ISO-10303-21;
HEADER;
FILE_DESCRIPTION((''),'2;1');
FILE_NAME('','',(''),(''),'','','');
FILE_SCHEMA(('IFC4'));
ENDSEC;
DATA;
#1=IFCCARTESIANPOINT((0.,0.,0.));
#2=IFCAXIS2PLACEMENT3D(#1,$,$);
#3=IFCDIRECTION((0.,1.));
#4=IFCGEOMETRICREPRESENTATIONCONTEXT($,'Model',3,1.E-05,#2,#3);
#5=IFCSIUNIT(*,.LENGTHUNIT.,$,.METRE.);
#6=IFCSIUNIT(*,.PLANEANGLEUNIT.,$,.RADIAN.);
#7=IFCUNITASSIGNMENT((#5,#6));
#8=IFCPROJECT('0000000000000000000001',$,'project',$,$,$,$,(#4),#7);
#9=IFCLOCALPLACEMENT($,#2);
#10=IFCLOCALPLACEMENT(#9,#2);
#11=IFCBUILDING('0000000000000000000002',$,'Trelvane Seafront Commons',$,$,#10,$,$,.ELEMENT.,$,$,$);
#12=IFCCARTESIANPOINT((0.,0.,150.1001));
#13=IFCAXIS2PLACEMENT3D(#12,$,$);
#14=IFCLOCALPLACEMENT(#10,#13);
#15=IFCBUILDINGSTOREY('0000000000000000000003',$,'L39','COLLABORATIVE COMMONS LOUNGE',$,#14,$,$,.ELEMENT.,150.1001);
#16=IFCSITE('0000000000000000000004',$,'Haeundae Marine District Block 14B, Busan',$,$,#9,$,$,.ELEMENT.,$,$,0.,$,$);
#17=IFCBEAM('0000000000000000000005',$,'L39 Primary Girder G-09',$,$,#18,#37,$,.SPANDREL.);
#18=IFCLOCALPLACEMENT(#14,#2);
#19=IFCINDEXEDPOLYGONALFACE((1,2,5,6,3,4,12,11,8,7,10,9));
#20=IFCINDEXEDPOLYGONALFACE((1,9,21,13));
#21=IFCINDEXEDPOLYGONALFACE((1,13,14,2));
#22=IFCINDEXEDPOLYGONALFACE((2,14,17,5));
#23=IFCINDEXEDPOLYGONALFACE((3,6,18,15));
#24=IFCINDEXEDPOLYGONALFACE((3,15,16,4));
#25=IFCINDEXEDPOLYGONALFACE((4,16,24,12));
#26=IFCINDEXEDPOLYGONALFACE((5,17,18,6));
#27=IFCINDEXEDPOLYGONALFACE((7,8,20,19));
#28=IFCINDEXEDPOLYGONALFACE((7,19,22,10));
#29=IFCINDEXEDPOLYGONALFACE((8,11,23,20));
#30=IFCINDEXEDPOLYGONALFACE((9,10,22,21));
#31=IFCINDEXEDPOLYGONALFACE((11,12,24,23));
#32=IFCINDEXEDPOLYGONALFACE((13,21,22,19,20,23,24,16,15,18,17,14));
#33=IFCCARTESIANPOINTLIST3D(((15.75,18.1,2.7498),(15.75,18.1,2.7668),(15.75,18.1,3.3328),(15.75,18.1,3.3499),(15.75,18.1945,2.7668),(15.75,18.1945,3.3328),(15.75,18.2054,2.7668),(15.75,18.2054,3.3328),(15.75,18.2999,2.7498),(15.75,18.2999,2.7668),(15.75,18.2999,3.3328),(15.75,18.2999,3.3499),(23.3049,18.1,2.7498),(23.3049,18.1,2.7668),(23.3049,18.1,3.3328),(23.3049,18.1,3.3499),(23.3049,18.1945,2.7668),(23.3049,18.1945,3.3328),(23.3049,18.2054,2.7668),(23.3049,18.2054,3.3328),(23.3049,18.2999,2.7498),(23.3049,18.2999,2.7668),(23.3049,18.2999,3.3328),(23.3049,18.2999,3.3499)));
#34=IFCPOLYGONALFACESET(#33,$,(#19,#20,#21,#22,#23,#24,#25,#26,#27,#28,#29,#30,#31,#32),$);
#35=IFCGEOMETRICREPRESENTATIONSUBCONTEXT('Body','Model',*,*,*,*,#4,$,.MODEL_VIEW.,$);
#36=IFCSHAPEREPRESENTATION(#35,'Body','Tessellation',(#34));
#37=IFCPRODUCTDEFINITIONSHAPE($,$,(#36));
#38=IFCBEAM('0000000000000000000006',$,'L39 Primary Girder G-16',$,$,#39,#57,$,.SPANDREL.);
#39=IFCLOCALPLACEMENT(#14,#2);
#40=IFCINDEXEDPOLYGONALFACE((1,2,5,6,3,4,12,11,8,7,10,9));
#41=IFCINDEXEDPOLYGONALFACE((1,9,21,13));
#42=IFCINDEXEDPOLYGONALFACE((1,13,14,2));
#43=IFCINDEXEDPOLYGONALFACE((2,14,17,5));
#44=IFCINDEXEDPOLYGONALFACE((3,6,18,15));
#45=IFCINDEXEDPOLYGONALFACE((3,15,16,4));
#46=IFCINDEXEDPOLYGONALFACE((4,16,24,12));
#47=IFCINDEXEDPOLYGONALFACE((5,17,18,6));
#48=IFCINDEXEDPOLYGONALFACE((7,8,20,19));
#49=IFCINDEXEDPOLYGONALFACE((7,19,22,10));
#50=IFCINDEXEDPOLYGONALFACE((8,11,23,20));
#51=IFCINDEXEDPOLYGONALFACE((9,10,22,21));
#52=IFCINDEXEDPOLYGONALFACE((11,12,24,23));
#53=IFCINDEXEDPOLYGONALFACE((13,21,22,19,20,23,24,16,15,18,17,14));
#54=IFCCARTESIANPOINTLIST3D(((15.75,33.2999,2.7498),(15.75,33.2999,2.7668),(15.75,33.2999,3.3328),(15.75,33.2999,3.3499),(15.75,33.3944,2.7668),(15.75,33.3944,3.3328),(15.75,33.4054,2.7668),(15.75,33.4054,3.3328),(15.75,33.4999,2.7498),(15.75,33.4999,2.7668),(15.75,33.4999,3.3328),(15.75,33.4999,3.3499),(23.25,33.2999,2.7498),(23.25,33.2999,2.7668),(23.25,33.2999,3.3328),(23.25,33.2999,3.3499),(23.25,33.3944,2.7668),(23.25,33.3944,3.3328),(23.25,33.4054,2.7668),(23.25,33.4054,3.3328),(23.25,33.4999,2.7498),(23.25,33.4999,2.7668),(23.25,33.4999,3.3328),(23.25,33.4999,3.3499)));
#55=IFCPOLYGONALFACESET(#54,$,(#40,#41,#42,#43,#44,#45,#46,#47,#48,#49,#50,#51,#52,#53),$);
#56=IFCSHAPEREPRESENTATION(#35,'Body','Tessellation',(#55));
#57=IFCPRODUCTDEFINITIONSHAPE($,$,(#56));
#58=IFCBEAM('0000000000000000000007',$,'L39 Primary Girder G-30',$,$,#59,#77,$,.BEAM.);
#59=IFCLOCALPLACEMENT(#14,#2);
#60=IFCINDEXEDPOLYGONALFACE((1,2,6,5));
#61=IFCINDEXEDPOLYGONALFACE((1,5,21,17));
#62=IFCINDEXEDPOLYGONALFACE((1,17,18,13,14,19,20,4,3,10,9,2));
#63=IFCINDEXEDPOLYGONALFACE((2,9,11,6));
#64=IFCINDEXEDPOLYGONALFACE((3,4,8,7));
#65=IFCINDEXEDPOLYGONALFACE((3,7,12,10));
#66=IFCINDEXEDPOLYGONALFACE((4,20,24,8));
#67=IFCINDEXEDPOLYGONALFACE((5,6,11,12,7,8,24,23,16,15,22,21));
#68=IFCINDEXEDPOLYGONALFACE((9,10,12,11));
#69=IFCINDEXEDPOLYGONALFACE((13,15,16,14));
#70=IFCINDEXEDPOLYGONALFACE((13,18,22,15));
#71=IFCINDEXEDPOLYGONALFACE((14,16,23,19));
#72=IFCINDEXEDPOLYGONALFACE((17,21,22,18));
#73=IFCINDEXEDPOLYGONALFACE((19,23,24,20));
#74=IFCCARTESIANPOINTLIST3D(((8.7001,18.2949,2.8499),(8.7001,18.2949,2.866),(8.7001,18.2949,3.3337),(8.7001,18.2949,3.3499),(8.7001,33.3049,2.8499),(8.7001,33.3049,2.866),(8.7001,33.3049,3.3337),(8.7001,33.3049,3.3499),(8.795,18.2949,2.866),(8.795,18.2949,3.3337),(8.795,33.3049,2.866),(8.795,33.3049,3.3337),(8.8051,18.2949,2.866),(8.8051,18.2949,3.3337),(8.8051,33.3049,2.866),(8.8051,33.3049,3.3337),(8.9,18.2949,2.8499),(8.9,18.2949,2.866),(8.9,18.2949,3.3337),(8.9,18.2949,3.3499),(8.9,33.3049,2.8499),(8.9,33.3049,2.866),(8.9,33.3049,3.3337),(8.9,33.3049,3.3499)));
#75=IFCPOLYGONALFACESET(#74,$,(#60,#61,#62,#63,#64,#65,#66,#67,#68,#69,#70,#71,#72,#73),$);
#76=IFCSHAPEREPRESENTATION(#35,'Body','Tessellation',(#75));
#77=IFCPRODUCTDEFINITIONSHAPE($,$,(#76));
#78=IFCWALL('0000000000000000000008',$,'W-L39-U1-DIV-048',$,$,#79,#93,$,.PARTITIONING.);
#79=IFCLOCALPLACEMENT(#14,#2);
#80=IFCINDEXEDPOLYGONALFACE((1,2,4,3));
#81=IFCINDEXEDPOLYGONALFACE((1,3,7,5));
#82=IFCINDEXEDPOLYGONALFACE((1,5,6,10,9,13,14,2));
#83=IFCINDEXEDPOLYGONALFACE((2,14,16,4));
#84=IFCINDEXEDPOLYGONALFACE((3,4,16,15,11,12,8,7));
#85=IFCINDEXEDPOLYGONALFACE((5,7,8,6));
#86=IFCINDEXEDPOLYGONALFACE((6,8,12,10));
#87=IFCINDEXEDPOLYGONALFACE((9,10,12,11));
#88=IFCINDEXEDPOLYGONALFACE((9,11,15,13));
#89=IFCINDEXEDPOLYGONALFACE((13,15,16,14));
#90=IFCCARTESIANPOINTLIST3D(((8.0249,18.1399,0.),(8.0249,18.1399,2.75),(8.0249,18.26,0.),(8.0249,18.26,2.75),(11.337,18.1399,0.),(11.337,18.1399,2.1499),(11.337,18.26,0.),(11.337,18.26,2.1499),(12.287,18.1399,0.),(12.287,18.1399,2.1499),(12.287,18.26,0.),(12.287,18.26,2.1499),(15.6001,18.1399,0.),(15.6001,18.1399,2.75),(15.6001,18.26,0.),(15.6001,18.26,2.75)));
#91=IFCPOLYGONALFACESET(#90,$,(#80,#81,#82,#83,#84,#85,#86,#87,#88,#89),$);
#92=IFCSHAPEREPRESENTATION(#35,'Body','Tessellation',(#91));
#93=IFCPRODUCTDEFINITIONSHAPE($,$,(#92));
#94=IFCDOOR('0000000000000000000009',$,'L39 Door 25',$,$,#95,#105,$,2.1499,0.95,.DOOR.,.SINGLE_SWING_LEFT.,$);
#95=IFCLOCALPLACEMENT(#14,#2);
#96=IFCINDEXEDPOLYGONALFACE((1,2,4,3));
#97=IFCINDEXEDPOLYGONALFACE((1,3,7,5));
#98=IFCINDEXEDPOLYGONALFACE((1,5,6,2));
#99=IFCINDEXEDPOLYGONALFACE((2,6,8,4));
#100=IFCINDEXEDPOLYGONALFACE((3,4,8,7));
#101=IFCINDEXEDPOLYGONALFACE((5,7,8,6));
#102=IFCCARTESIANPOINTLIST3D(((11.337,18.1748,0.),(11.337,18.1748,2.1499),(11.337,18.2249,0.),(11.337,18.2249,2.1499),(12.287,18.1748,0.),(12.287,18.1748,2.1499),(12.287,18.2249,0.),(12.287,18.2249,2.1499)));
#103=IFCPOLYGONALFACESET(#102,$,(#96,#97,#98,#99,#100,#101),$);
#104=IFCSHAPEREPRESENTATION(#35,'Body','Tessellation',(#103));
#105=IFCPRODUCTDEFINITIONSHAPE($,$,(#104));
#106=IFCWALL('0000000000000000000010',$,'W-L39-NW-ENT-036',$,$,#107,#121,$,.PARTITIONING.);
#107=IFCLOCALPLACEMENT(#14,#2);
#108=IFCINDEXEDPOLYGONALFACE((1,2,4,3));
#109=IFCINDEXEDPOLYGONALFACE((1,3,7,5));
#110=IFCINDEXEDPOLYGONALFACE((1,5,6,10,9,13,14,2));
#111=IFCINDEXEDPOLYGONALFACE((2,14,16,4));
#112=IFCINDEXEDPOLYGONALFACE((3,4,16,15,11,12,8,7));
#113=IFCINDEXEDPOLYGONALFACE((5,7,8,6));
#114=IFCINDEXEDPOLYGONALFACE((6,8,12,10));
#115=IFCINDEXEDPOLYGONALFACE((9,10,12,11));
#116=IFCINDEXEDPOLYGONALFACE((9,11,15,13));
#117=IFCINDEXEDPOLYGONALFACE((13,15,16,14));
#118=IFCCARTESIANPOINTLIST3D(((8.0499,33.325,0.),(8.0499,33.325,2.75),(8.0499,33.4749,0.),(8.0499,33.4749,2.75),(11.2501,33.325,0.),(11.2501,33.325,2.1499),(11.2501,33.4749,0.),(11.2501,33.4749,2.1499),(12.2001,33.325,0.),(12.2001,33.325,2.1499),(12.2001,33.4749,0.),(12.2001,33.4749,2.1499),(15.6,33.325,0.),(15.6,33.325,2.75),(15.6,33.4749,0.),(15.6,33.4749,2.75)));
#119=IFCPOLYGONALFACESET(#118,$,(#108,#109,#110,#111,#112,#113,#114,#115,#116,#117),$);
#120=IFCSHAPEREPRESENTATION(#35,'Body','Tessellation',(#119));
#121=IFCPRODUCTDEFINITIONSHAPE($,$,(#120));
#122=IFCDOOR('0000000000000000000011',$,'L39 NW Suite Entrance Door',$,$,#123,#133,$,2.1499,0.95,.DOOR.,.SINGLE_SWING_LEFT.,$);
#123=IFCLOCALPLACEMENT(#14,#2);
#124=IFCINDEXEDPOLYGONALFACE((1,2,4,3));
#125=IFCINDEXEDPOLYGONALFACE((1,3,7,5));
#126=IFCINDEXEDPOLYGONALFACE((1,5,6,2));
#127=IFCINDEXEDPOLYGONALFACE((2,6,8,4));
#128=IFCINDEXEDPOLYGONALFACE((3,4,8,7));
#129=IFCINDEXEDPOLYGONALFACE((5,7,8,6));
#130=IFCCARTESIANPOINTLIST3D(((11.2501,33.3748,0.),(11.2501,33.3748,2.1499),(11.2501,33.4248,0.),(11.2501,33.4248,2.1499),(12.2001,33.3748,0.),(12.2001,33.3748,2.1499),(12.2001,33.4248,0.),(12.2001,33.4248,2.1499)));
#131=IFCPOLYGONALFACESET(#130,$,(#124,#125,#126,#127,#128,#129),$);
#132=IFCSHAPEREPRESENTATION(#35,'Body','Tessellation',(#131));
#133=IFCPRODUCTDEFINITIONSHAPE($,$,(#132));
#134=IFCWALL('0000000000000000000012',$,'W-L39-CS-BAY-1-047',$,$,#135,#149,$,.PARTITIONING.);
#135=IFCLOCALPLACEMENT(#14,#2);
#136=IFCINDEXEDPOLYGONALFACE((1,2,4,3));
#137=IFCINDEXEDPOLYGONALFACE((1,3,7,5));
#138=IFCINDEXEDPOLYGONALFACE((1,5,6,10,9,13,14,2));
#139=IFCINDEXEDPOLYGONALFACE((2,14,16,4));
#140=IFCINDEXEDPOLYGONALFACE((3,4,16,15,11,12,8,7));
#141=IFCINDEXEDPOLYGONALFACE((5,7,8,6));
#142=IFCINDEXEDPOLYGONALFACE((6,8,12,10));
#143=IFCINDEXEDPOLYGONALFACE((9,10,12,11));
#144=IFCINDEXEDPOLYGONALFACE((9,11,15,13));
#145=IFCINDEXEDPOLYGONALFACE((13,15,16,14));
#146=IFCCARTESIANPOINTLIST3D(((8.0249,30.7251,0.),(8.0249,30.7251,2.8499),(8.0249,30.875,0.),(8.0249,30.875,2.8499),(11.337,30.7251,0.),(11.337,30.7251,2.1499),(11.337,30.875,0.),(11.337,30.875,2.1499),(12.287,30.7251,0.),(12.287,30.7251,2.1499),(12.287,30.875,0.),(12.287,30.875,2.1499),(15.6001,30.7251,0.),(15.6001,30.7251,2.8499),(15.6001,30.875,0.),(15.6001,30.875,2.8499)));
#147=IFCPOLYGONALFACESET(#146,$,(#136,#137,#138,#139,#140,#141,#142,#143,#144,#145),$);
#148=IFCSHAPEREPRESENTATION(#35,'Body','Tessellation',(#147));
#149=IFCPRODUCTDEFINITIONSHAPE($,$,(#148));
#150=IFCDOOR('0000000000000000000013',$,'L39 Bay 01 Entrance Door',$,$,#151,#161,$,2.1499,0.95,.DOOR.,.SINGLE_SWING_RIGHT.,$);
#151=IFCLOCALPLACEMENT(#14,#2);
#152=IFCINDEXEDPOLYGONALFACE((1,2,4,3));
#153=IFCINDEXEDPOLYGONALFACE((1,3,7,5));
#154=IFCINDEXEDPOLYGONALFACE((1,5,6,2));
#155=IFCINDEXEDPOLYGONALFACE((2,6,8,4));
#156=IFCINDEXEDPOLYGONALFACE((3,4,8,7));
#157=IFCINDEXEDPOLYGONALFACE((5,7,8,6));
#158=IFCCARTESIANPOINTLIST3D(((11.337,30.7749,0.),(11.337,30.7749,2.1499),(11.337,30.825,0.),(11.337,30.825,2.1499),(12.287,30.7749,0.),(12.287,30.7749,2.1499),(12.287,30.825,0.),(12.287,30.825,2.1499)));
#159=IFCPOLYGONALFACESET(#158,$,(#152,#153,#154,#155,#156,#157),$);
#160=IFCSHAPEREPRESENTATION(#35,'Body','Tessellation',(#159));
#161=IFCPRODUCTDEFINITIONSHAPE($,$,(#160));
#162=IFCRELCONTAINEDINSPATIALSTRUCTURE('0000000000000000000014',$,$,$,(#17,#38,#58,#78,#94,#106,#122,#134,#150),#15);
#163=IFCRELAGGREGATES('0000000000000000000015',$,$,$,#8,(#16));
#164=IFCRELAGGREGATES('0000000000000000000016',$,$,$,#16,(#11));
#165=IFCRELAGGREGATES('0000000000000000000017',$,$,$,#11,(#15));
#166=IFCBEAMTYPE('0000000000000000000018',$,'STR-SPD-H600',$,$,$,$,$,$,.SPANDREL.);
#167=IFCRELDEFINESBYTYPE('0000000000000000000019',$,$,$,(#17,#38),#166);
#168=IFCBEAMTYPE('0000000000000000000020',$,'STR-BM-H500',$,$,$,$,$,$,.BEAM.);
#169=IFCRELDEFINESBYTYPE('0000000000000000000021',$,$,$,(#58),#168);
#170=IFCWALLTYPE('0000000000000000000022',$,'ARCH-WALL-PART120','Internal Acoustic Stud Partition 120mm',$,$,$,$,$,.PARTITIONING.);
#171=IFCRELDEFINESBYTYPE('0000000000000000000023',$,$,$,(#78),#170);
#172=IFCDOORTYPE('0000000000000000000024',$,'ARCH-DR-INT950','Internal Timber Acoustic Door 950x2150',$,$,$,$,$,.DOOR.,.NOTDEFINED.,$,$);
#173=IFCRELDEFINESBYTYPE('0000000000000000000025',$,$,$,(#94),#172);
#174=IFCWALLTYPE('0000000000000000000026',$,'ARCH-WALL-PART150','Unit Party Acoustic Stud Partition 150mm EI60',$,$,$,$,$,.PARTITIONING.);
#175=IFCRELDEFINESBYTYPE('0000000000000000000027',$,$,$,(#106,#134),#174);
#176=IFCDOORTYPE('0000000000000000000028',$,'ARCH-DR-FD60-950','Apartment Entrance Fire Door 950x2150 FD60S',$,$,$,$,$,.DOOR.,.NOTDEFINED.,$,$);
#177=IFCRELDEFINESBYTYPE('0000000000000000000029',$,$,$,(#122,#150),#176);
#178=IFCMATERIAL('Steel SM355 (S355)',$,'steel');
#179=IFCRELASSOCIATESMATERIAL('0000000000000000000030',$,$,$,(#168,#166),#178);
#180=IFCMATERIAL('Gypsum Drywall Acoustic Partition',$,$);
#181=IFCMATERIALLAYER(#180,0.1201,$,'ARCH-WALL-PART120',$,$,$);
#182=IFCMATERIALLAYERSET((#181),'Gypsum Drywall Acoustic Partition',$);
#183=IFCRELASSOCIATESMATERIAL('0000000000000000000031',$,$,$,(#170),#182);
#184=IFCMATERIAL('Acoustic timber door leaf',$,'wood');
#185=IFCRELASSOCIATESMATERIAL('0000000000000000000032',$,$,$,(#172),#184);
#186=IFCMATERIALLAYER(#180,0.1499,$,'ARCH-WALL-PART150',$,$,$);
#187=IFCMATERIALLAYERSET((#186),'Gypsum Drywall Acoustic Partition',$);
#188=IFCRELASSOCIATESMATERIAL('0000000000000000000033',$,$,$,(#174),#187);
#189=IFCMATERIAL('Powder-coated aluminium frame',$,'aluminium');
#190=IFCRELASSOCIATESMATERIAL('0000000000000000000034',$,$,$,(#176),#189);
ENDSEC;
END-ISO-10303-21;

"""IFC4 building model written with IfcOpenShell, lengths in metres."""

from ifc_helpers import new_model, si_unit, direction, frame, frame_2d, origin, origin_2d, place, context, subcontext, project, spatial, rectangle, i_section, extrude, source, transform, mapped, material, layer, layer_set, material_profile, profile_set, type_object, element, fill, save


model = new_model("IFC4")

# Units and contexts
model_context = context("Model", 3, precision=1e-05, world=origin(), true_north=direction((0.0, 1.0)))
body_context = subcontext(model_context, "Body", "Model", "MODEL_VIEW")
ifc_project = project(units=[si_unit("LENGTHUNIT", "METRE"), si_unit("PLANEANGLEUNIT", "RADIAN")], contexts=[model_context])

# Site, building, storey
site_placement = place(None, origin())
site = spatial("IfcSite", under=ifc_project, at=site_placement, Name="Haeundae Marine District Block 14B, Busan", CompositionType="ELEMENT", RefElevation=0.0)
building_placement = place(site_placement, origin())
building = spatial("IfcBuilding", under=site, at=building_placement, Name="Trelvane Seafront Commons", CompositionType="ELEMENT")
storey_placement = place(building_placement, frame((0.0, 0.0, 150.1001)))
storey = spatial("IfcBuildingStorey", under=building, at=storey_placement, Name="L39", Description="COLLABORATIVE COMMONS LOUNGE", CompositionType="ELEMENT", Elevation=150.1001)

# Shared definitions
ifc_material_1 = material(Name="Steel SM355 (S355)", Category="steel")

# Beams
ifc_material_profile_1 = material_profile(ifc_material_1, i_section(OverallWidth=0.2, OverallDepth=0.5, WebThickness=0.01, FlangeThickness=0.0161, at=origin_2d()), Name="H-500x200x10x16")
ifc_profile_set_1 = profile_set([ifc_material_profile_1], Name="Steel SM355 (S355)")
beam_type_1 = type_object("IfcBeamType", Name="STR-BM-H500", PredefinedType="BEAM", material=ifc_profile_set_1)
ifc_material_profile_2 = material_profile(ifc_material_1, i_section(OverallWidth=0.2, OverallDepth=0.6001, WebThickness=0.011, FlangeThickness=0.0171, at=origin_2d()), Name="H-600x200x11x17")
ifc_profile_set_2 = profile_set([ifc_material_profile_2], Name="Steel SM355 (S355)")
beam_type_2 = type_object("IfcBeamType", Name="STR-SPD-H600", PredefinedType="SPANDREL", material=ifc_profile_set_2)
shared_shape_1 = source(origin(), body_context, "Body", "SweptSolid", [
    extrude(i_section(OverallWidth=0.2, OverallDepth=0.6001, WebThickness=0.011, FlangeThickness=0.0171, at=origin_2d()), origin(), (0.0, 0.0, 1.0), 7.5549),
])
beam_1_placement = place(storey_placement, frame((15.75, 18.2, 3.0498), z_axis=(1.0, 0.0, 0.0), x_axis=(0.0, 1.0, 0.0)))
element("IfcBeam", 1, at=beam_1_placement, inside=storey, type_object=beam_type_2, Name="L39 Primary Girder G-09", PredefinedType="SPANDREL", context=body_context, shape_type="MappedRepresentation", body=[
    mapped(shared_shape_1, transform((0.0, 0.0, 0.0), x_axis=(1.0, 0.0, 0.0), y_axis=(0.0, 1.0, 0.0), z_axis=(0.0, 0.0, 1.0), scale=1.0)),
])
shared_shape_2 = source(origin(), body_context, "Body", "SweptSolid", [
    extrude(i_section(OverallWidth=0.2, OverallDepth=0.6001, WebThickness=0.011, FlangeThickness=0.0171, at=origin_2d()), origin(), (0.0, 0.0, 1.0), 7.5),
])
beam_2_placement = place(storey_placement, frame((15.75, 33.3999, 3.0498), z_axis=(1.0, 0.0, 0.0), x_axis=(0.0, 1.0, 0.0)))
element("IfcBeam", 2, at=beam_2_placement, inside=storey, type_object=beam_type_2, Name="L39 Primary Girder G-16", PredefinedType="SPANDREL", context=body_context, shape_type="MappedRepresentation", body=[
    mapped(shared_shape_2, transform((0.0, 0.0, 0.0), x_axis=(1.0, 0.0, 0.0), y_axis=(0.0, 1.0, 0.0), z_axis=(0.0, 0.0, 1.0), scale=1.0)),
])
shared_shape_3 = source(origin(), body_context, "Body", "SweptSolid", [
    extrude(i_section(OverallWidth=0.2, OverallDepth=0.5, WebThickness=0.01, FlangeThickness=0.0161, at=origin_2d()), origin(), (0.0, 0.0, 1.0), 15.01),
])
beam_3_placement = place(storey_placement, frame((8.8, 18.2949, 3.0999), z_axis=(0.0, 1.0, 0.0), x_axis=(-1.0, 0.0, 0.0)))
element("IfcBeam", 3, at=beam_3_placement, inside=storey, type_object=beam_type_1, Name="L39 Primary Girder G-30", PredefinedType="BEAM", context=body_context, shape_type="MappedRepresentation", body=[
    mapped(shared_shape_3, transform((0.0, 0.0, 0.0), x_axis=(1.0, 0.0, 0.0), y_axis=(0.0, 1.0, 0.0), z_axis=(0.0, 0.0, 1.0), scale=1.0)),
])

# Walls, openings, doors
ifc_material_2 = material(Name="Gypsum Drywall Acoustic Partition")
ifc_layer_1 = layer(ifc_material_2, 0.1201, Name="ARCH-WALL-PART120")
ifc_layer_set_1 = layer_set([ifc_layer_1], Name="Gypsum Drywall Acoustic Partition")
wall_type_1 = type_object("IfcWallType", Name="ARCH-WALL-PART120", Description="Internal Acoustic Stud Partition 120mm", PredefinedType="PARTITIONING", material=ifc_layer_set_1)
wall_1_placement = place(storey_placement, frame((8.0249, 18.2, 0.0), z_axis=(0.0, 0.0, 1.0), x_axis=(1.0, 0.0, 0.0)))
wall_1 = element("IfcWall", 4, at=wall_1_placement, inside=storey, type_object=wall_type_1, Name="W-L39-U1-DIV-048", PredefinedType="PARTITIONING", context=body_context, shape_type="SweptSolid", body=[
    extrude(rectangle(XDim=7.5752, YDim=0.1201, at=frame_2d((3.7876, 0.0))), origin(), (0.0, 0.0, 1.0), 2.75),
])
opening_1_placement = place(wall_1_placement, frame((3.312, 0.0, 0.0)))
opening_1 = element("IfcOpeningElement", 5, at=opening_1_placement, cuts=wall_1, PredefinedType="OPENING", context=body_context, shape_type="SweptSolid", body=[
    extrude(rectangle(XDim=0.95, YDim=2.1499, at=frame_2d((0.4751, 1.075))), frame((0.0, 0.0701, 0.0), z_axis=(0.0, -1.0, 0.0), x_axis=(1.0, 0.0, 0.0)), (0.0, 0.0, 1.0), 0.1401),
])
ifc_material_3 = material(Name="Acoustic timber door leaf", Category="wood")
door_type_1 = type_object("IfcDoorType", Name="ARCH-DR-INT950", Description="Internal Timber Acoustic Door 950x2150", OperationType="NOTDEFINED", PredefinedType="DOOR", material=ifc_material_3)
shared_shape_4 = source(origin(), body_context, "Body", "SweptSolid", [
    extrude(rectangle(XDim=0.95, YDim=2.1499, at=frame_2d((0.4751, 1.075))), frame((0.0, 0.0249, 0.0), z_axis=(0.0, -1.0, 0.0), x_axis=(1.0, 0.0, 0.0)), (0.0, 0.0, 1.0), 0.05),
])
door_1_placement = place(opening_1_placement, origin())
door_1 = element("IfcDoor", 6, at=door_1_placement, inside=storey, type_object=door_type_1, Name="L39 Door 25", OperationType="SINGLE_SWING_LEFT", OverallHeight=2.1499, OverallWidth=0.95, PredefinedType="DOOR", context=body_context, shape_type="MappedRepresentation", body=[
    mapped(shared_shape_4, transform((0.0, 0.0, 0.0), x_axis=(1.0, 0.0, 0.0), y_axis=(0.0, 1.0, 0.0), z_axis=(0.0, 0.0, 1.0), scale=1.0)),
])
fill(opening_1, door_1)
ifc_layer_2 = layer(ifc_material_2, 0.1499, Name="ARCH-WALL-PART150")
ifc_layer_set_2 = layer_set([ifc_layer_2], Name="Gypsum Drywall Acoustic Partition")
wall_type_2 = type_object("IfcWallType", Name="ARCH-WALL-PART150", Description="Unit Party Acoustic Stud Partition 150mm EI60", PredefinedType="PARTITIONING", material=ifc_layer_set_2)
wall_2_placement = place(storey_placement, frame((8.05, 33.3999, 0.0), z_axis=(0.0, 0.0, 1.0), x_axis=(1.0, 0.0, 0.0)))
wall_2 = element("IfcWall", 7, at=wall_2_placement, inside=storey, type_object=wall_type_2, Name="W-L39-NW-ENT-036", PredefinedType="PARTITIONING", context=body_context, shape_type="SweptSolid", body=[
    extrude(rectangle(XDim=7.55, YDim=0.1499, at=frame_2d((3.7749, 0.0))), origin(), (0.0, 0.0, 1.0), 2.75),
])
opening_2_placement = place(wall_2_placement, frame((3.2, 0.0, 0.0)))
opening_2 = element("IfcOpeningElement", 8, at=opening_2_placement, cuts=wall_2, PredefinedType="OPENING", context=body_context, shape_type="SweptSolid", body=[
    extrude(rectangle(XDim=0.95, YDim=2.1499, at=frame_2d((0.4751, 1.075))), frame((0.0, 0.085, 0.0), z_axis=(0.0, -1.0, 0.0), x_axis=(1.0, 0.0, 0.0)), (0.0, 0.0, 1.0), 0.1699),
])
ifc_material_4 = material(Name="Powder-coated aluminium frame", Category="aluminium")
door_type_2 = type_object("IfcDoorType", Name="ARCH-DR-FD60-950", Description="Apartment Entrance Fire Door 950x2150 FD60S", OperationType="NOTDEFINED", PredefinedType="DOOR", material=ifc_material_4)
door_2_placement = place(opening_2_placement, origin())
door_2 = element("IfcDoor", 9, at=door_2_placement, inside=storey, type_object=door_type_2, Name="L39 NW Suite Entrance Door", OperationType="SINGLE_SWING_LEFT", OverallHeight=2.1499, OverallWidth=0.95, PredefinedType="DOOR", context=body_context, shape_type="MappedRepresentation", body=[
    mapped(shared_shape_4, transform((0.0, 0.0, 0.0), x_axis=(1.0, 0.0, 0.0), y_axis=(0.0, 1.0, 0.0), z_axis=(0.0, 0.0, 1.0), scale=1.0)),
])
fill(opening_2, door_2)
wall_3_placement = place(storey_placement, frame((8.0249, 30.8, 0.0), z_axis=(0.0, 0.0, 1.0), x_axis=(1.0, 0.0, 0.0)))
wall_3 = element("IfcWall", 10, at=wall_3_placement, inside=storey, type_object=wall_type_2, Name="W-L39-CS-BAY-1-047", PredefinedType="PARTITIONING", context=body_context, shape_type="SweptSolid", body=[
    extrude(rectangle(XDim=7.5752, YDim=0.1499, at=frame_2d((3.7876, 0.0))), origin(), (0.0, 0.0, 1.0), 2.8499),
])
opening_3_placement = place(wall_3_placement, frame((3.312, 0.0, 0.0)))
opening_3 = element("IfcOpeningElement", 11, at=opening_3_placement, cuts=wall_3, PredefinedType="OPENING", context=body_context, shape_type="SweptSolid", body=[
    extrude(rectangle(XDim=0.95, YDim=2.1499, at=frame_2d((0.4751, 1.075))), frame((0.0, 0.085, 0.0), z_axis=(0.0, -1.0, 0.0), x_axis=(1.0, 0.0, 0.0)), (0.0, 0.0, 1.0), 0.1699),
])
door_3_placement = place(opening_3_placement, origin())
door_3 = element("IfcDoor", 12, at=door_3_placement, inside=storey, type_object=door_type_2, Name="L39 Bay 01 Entrance Door", OperationType="SINGLE_SWING_RIGHT", OverallHeight=2.1499, OverallWidth=0.95, PredefinedType="DOOR", context=body_context, shape_type="MappedRepresentation", body=[
    mapped(shared_shape_4, transform((0.0, 0.0, 0.0), x_axis=(1.0, 0.0, 0.0), y_axis=(0.0, 1.0, 0.0), z_axis=(0.0, 0.0, 1.0), scale=1.0)),
])
fill(opening_3, door_3)

save(model, "model.ifc")
